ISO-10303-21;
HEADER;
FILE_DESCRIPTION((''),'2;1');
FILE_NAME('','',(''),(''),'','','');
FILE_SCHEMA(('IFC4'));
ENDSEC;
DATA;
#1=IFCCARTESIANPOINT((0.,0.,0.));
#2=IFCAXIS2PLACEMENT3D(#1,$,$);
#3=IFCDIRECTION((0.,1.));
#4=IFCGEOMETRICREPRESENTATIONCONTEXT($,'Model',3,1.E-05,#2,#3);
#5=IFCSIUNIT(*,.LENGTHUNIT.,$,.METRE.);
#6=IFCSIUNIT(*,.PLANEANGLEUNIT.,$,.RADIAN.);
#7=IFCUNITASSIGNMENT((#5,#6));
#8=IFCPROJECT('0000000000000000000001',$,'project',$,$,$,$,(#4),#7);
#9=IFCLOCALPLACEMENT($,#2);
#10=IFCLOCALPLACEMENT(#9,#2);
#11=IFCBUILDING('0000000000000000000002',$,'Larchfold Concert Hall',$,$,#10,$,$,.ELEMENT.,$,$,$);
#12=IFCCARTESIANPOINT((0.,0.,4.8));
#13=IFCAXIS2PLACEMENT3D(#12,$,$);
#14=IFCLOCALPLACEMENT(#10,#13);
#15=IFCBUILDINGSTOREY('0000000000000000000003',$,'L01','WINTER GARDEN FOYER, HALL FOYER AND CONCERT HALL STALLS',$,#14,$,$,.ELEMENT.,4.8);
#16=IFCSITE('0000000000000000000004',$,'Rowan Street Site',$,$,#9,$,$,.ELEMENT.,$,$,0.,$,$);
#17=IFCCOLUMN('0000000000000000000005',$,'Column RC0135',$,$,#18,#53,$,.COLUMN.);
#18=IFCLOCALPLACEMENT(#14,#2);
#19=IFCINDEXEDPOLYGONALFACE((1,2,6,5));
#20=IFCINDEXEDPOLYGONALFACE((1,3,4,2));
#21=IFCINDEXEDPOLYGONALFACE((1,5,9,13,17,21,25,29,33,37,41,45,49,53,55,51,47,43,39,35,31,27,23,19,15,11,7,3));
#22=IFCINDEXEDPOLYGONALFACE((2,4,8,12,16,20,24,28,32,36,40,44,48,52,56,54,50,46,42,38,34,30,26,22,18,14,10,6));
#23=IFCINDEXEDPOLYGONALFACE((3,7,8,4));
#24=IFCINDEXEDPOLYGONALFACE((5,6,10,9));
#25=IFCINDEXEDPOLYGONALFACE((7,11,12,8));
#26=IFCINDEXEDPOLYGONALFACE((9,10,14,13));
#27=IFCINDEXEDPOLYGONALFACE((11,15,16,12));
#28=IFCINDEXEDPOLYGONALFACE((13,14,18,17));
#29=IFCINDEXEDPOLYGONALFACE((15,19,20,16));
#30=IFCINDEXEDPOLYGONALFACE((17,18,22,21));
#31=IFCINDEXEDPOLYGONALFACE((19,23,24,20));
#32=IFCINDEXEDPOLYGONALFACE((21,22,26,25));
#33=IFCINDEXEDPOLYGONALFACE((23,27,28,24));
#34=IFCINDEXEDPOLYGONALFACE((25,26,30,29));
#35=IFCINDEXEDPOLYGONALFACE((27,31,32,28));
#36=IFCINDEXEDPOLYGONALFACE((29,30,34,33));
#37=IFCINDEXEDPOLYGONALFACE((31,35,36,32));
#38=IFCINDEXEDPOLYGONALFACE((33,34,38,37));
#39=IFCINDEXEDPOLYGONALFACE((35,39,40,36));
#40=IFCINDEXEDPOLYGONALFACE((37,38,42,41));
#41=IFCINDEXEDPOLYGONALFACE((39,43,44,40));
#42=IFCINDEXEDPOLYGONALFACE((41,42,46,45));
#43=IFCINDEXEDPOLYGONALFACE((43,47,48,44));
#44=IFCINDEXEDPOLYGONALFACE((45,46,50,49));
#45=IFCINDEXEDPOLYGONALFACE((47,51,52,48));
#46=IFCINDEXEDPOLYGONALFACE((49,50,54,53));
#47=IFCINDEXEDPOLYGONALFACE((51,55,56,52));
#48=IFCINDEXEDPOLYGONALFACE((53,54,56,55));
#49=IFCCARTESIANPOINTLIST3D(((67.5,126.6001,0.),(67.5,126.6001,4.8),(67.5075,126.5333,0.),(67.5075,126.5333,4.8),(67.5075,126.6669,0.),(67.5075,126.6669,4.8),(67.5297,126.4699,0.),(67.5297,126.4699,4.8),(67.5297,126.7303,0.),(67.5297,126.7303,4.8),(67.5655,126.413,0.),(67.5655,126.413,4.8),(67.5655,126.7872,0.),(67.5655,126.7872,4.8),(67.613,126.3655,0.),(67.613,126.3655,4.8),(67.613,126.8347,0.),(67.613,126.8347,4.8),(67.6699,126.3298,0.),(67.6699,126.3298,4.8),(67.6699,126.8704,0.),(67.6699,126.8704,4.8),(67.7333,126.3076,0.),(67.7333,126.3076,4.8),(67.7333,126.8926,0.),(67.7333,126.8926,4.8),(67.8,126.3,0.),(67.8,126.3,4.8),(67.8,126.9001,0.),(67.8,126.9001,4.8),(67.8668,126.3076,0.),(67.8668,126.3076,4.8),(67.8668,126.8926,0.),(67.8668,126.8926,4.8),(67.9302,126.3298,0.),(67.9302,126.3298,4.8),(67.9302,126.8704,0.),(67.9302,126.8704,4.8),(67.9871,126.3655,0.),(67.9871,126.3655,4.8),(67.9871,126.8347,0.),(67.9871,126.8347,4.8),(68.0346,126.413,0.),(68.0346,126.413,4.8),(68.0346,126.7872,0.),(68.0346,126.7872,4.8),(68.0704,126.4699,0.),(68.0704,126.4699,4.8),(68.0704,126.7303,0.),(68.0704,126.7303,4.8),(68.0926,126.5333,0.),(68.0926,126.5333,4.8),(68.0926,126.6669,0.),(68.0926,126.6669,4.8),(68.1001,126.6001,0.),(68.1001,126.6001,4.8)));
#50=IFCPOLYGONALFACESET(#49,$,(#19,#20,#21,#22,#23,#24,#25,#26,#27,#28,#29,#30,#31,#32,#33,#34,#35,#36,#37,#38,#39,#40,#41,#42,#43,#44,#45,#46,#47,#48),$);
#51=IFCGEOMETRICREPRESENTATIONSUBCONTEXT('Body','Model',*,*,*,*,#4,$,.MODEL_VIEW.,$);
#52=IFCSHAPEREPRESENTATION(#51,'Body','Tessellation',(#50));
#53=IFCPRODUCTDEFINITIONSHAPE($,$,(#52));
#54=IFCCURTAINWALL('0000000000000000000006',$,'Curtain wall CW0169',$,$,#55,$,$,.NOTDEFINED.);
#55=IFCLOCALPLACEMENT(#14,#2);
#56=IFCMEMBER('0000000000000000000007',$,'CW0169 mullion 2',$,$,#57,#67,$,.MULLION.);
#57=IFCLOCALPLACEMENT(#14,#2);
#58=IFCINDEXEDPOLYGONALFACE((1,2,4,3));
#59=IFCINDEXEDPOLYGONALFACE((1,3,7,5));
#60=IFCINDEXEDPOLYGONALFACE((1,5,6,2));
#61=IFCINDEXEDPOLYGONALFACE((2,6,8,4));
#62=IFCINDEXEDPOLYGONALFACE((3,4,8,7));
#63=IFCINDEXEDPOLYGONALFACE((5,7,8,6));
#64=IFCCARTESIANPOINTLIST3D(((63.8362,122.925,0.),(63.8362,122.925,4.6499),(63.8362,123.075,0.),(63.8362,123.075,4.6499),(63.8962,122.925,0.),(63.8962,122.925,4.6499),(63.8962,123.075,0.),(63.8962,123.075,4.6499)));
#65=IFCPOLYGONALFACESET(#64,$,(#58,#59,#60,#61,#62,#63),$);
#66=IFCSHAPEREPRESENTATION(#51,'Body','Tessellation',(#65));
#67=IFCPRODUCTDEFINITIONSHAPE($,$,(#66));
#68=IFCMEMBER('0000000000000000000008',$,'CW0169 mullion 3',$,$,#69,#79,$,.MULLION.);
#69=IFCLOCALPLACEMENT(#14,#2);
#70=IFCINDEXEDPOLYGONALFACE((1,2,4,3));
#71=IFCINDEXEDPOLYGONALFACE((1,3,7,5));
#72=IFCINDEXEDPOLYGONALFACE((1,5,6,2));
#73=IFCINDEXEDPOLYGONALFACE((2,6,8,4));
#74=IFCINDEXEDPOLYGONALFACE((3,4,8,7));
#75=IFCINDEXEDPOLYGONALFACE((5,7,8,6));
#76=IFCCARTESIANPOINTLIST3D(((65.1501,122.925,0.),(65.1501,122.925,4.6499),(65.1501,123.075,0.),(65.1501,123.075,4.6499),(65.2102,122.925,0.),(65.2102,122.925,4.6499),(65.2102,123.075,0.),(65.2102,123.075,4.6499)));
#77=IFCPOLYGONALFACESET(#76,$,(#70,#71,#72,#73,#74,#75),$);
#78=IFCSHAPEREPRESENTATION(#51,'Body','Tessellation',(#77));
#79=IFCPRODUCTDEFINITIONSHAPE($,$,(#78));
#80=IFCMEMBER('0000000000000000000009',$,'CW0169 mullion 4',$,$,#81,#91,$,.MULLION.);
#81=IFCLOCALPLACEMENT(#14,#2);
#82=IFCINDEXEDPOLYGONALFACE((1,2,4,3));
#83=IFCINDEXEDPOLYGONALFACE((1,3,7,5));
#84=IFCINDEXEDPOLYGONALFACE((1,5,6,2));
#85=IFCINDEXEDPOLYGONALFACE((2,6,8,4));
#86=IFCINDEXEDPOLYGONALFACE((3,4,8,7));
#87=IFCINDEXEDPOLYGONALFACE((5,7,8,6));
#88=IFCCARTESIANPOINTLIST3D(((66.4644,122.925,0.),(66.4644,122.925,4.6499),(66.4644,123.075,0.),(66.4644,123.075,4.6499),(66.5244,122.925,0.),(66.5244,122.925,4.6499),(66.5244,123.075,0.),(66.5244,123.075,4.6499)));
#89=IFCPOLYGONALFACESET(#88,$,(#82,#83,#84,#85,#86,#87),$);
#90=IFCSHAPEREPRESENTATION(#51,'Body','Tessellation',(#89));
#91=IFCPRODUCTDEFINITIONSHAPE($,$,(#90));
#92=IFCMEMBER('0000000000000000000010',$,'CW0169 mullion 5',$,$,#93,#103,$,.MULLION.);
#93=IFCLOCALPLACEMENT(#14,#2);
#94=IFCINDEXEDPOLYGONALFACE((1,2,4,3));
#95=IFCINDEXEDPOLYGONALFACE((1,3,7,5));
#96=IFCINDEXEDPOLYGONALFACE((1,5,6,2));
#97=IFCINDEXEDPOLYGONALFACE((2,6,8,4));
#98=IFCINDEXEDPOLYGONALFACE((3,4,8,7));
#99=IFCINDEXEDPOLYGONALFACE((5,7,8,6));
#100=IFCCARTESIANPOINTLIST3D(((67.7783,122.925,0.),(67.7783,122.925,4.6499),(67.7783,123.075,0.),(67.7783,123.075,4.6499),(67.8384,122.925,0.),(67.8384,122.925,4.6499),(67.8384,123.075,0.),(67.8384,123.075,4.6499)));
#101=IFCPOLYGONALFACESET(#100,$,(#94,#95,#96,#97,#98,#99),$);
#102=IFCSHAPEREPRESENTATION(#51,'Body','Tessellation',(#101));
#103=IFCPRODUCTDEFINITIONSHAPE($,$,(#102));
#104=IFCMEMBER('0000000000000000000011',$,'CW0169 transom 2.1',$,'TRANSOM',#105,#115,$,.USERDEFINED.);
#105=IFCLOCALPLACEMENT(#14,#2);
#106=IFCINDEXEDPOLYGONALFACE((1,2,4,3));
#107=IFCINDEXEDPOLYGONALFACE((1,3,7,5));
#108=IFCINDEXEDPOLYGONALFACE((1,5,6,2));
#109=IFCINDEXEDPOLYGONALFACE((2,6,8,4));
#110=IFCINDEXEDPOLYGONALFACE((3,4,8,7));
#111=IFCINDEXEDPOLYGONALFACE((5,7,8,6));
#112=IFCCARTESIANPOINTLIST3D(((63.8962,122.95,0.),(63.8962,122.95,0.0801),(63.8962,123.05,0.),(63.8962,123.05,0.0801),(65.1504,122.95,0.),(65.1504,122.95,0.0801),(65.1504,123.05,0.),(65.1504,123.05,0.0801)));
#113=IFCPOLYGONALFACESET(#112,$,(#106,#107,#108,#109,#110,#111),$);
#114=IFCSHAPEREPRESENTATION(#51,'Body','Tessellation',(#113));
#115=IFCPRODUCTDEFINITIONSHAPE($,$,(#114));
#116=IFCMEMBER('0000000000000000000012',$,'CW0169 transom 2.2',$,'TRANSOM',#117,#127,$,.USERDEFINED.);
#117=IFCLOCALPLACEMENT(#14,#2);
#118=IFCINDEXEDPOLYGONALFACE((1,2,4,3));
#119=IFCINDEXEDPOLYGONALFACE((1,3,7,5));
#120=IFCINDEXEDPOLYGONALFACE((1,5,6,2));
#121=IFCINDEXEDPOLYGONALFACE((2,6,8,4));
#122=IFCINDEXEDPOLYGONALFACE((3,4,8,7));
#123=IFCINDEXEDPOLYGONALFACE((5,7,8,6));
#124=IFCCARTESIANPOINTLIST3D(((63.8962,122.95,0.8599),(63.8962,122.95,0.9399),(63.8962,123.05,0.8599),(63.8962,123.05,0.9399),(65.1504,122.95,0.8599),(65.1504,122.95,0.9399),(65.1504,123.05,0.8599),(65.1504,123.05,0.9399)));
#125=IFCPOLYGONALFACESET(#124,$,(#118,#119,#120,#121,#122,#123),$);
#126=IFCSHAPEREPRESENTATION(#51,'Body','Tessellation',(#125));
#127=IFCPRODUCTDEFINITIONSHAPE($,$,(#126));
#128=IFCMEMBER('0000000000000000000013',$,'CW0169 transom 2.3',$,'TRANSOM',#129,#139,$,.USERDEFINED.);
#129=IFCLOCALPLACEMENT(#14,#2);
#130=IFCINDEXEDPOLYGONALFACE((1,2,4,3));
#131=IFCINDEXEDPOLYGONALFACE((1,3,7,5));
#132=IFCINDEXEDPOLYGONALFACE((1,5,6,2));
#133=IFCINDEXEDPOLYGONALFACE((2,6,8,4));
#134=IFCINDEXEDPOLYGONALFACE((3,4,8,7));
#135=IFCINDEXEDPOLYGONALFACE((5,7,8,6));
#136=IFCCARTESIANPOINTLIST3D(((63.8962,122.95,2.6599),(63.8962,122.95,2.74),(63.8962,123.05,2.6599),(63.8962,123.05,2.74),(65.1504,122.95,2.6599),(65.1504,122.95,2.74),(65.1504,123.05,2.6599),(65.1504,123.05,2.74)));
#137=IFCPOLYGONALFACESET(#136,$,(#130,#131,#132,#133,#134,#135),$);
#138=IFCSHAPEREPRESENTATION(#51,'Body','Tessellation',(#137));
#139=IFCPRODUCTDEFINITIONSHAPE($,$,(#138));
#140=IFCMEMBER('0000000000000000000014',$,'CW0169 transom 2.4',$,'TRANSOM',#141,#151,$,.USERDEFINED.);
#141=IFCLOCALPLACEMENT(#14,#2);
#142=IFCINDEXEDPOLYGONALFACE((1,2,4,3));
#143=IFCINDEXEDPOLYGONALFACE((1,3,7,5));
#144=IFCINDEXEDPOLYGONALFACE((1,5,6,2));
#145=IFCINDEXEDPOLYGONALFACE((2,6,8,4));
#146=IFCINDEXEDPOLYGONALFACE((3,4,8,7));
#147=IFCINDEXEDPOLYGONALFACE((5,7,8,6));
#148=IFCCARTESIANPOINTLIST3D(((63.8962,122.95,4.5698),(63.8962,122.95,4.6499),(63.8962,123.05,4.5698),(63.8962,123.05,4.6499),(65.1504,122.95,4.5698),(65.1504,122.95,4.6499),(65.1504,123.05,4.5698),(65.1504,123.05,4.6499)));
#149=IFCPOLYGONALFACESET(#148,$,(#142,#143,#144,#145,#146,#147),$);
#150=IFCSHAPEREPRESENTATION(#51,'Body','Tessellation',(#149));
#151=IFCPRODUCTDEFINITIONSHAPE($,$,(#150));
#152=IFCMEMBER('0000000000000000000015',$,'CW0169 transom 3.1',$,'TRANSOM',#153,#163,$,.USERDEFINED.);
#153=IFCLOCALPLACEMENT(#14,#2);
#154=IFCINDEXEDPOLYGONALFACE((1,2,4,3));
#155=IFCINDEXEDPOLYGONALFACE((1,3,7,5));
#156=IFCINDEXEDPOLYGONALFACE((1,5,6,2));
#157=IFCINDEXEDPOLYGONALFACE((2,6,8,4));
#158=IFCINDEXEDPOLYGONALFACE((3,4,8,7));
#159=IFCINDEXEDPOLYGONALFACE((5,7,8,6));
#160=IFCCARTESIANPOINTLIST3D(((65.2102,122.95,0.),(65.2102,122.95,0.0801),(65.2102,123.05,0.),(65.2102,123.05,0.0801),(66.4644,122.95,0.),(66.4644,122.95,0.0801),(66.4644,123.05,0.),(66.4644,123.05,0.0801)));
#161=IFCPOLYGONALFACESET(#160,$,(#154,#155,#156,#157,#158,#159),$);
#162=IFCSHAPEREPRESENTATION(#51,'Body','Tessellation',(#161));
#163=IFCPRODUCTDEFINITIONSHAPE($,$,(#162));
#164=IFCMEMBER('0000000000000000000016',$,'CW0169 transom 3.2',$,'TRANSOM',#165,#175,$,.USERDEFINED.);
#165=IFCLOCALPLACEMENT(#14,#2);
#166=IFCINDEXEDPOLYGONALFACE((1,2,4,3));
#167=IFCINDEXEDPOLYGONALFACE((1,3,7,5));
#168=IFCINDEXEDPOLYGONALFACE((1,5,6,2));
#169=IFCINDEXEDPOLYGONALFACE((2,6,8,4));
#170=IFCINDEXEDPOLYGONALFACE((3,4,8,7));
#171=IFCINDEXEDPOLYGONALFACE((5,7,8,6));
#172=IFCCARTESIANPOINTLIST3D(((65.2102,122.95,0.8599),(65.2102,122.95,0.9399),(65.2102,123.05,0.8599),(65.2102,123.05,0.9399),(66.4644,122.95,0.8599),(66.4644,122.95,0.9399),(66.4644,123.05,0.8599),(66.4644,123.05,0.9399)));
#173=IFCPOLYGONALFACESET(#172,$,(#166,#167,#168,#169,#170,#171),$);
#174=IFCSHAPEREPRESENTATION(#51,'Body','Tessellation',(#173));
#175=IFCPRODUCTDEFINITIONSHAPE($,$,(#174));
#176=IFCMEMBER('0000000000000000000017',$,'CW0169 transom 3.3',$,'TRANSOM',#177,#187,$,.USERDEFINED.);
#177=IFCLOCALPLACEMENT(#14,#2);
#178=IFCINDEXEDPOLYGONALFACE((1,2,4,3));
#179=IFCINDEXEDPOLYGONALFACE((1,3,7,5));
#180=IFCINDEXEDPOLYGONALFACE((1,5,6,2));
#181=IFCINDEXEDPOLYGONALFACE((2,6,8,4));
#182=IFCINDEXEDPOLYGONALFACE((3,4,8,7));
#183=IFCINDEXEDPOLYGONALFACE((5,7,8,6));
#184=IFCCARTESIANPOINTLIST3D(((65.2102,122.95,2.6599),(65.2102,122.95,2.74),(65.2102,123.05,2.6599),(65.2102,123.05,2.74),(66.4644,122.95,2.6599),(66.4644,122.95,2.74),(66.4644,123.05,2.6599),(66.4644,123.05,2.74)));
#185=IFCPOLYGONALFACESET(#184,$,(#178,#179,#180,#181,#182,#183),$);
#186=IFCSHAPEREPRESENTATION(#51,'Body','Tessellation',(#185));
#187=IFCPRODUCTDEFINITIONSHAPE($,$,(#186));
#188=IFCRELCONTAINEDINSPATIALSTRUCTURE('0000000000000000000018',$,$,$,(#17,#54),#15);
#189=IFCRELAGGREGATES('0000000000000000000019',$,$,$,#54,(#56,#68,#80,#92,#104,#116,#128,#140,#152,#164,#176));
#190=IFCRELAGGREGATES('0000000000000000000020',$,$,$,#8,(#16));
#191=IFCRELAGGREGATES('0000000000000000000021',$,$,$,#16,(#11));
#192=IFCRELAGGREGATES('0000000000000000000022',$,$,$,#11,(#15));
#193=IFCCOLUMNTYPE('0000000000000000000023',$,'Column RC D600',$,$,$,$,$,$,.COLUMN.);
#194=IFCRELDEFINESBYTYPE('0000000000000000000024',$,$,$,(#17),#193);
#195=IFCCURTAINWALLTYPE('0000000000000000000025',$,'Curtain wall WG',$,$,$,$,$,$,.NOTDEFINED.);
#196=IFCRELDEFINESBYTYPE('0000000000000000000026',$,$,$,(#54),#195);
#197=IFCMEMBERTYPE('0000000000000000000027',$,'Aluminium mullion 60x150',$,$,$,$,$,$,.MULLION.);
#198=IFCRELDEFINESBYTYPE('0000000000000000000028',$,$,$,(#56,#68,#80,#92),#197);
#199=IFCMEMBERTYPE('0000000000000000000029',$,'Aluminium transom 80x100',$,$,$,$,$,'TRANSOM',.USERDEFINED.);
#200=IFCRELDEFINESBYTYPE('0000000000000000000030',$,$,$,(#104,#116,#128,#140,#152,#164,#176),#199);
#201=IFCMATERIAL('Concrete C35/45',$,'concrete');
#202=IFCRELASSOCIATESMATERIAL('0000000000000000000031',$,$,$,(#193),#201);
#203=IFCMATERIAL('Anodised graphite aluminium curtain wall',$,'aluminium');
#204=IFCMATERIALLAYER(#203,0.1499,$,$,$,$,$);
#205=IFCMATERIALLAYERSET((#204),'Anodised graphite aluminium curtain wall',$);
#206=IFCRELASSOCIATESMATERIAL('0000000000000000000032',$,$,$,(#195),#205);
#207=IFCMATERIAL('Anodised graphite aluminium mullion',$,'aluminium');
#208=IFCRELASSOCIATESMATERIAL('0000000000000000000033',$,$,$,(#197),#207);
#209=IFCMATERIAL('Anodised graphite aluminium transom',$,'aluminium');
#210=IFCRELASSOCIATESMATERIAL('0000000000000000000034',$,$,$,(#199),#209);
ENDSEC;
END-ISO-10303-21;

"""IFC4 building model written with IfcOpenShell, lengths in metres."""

from ifc_helpers import new_model, si_unit, direction, frame, origin, origin_2d, place, context, subcontext, project, spatial, rectangle, circle, extrude, material, layer, layer_set, material_profile, profile_set, type_object, element, aggregate, save


model = new_model("IFC4")

# Units and contexts
model_context = context("Model", 3, precision=1e-05, world=origin(), true_north=direction((0.0, 1.0)))
body_context = subcontext(model_context, "Body", "Model", "MODEL_VIEW")
ifc_project = project(units=[si_unit("LENGTHUNIT", "METRE"), si_unit("PLANEANGLEUNIT", "RADIAN")], contexts=[model_context])

# Site, building, storey
site_placement = place(None, origin())
site = spatial("IfcSite", under=ifc_project, at=site_placement, Name="Rowan Street Site", CompositionType="ELEMENT", RefElevation=0.0)
building_placement = place(site_placement, origin())
building = spatial("IfcBuilding", under=site, at=building_placement, Name="Larchfold Concert Hall", CompositionType="ELEMENT")
storey_placement = place(building_placement, frame((0.0, 0.0, 4.8)))
storey = spatial("IfcBuildingStorey", under=building, at=storey_placement, Name="L01", Description="WINTER GARDEN FOYER, HALL FOYER AND CONCERT HALL STALLS", CompositionType="ELEMENT", Elevation=4.8)

# Column
ifc_material_1 = material(Name="Concrete C35/45", Category="concrete")
ifc_material_profile_1 = material_profile(ifc_material_1, circle(Radius=0.3, at=origin_2d()))
ifc_profile_set_1 = profile_set([ifc_material_profile_1], Name="Concrete C35/45")
column_type = type_object("IfcColumnType", Name="Column RC D600", PredefinedType="COLUMN", material=ifc_profile_set_1)
column_placement = place(storey_placement, frame((67.8, 126.6001, 0.0), z_axis=(0.0, 0.0, 1.0), x_axis=(1.0, 0.0, 0.0)))
element("IfcColumn", 1, at=column_placement, inside=storey, type_object=column_type, Name="Column RC0135", PredefinedType="COLUMN", context=body_context, shape_type="SweptSolid", body=[
    extrude(circle(Radius=0.3, at=origin_2d()), origin(), (0.0, 0.0, 1.0), 4.8),
])

# Curtain wall, members
ifc_material_2 = material(Name="Anodised graphite aluminium curtain wall", Category="aluminium")
ifc_layer_1 = layer(ifc_material_2, 0.1499)
ifc_layer_set_1 = layer_set([ifc_layer_1], Name="Anodised graphite aluminium curtain wall")
curtain_wall_type = type_object("IfcCurtainWallType", Name="Curtain wall WG", PredefinedType="NOTDEFINED", material=ifc_layer_set_1)
curtain_wall_placement = place(storey_placement, origin())
curtain_wall = element("IfcCurtainWall", 2, at=curtain_wall_placement, inside=storey, type_object=curtain_wall_type, Name="Curtain wall CW0169", PredefinedType="NOTDEFINED")
ifc_material_3 = material(Name="Anodised graphite aluminium mullion", Category="aluminium")
ifc_material_profile_2 = material_profile(ifc_material_3, rectangle(XDim=0.1499, YDim=0.0601, at=origin_2d()))
ifc_profile_set_2 = profile_set([ifc_material_profile_2], Name="Anodised graphite aluminium mullion")
member_type_1 = type_object("IfcMemberType", Name="Aluminium mullion 60x150", PredefinedType="MULLION", material=ifc_profile_set_2)
member_1_placement = place(storey_placement, frame((63.8662, 123.0, 0.0), z_axis=(0.0, 0.0, 1.0), x_axis=(0.0, 1.0, 0.0)))
member_1 = element("IfcMember", 3, at=member_1_placement, type_object=member_type_1, Name="CW0169 mullion 2", PredefinedType="MULLION", context=body_context, shape_type="SweptSolid", body=[
    extrude(rectangle(XDim=0.1499, YDim=0.0601, at=origin_2d()), origin(), (0.0, 0.0, 1.0), 4.6499),
])
member_2_placement = place(storey_placement, frame((65.1802, 123.0, 0.0), z_axis=(0.0, 0.0, 1.0), x_axis=(0.0, 1.0, 0.0)))
member_2 = element("IfcMember", 4, at=member_2_placement, type_object=member_type_1, Name="CW0169 mullion 3", PredefinedType="MULLION", context=body_context, shape_type="SweptSolid", body=[
    extrude(rectangle(XDim=0.1499, YDim=0.0601, at=origin_2d()), origin(), (0.0, 0.0, 1.0), 4.6499),
])
member_3_placement = place(storey_placement, frame((66.4944, 123.0, 0.0), z_axis=(0.0, 0.0, 1.0), x_axis=(0.0, 1.0, 0.0)))
member_3 = element("IfcMember", 5, at=member_3_placement, type_object=member_type_1, Name="CW0169 mullion 4", PredefinedType="MULLION", context=body_context, shape_type="SweptSolid", body=[
    extrude(rectangle(XDim=0.1499, YDim=0.0601, at=origin_2d()), origin(), (0.0, 0.0, 1.0), 4.6499),
])
member_4_placement = place(storey_placement, frame((67.8083, 123.0, 0.0), z_axis=(0.0, 0.0, 1.0), x_axis=(0.0, 1.0, 0.0)))
member_4 = element("IfcMember", 6, at=member_4_placement, type_object=member_type_1, Name="CW0169 mullion 5", PredefinedType="MULLION", context=body_context, shape_type="SweptSolid", body=[
    extrude(rectangle(XDim=0.1499, YDim=0.0601, at=origin_2d()), origin(), (0.0, 0.0, 1.0), 4.6499),
])
ifc_material_4 = material(Name="Anodised graphite aluminium transom", Category="aluminium")
ifc_material_profile_3 = material_profile(ifc_material_4, rectangle(XDim=0.1001, YDim=0.0801, at=origin_2d()))
ifc_profile_set_3 = profile_set([ifc_material_profile_3], Name="Anodised graphite aluminium transom")
member_type_2 = type_object("IfcMemberType", Name="Aluminium transom 80x100", ElementType="TRANSOM", PredefinedType="USERDEFINED", material=ifc_profile_set_3)
member_5_placement = place(storey_placement, frame((63.8962, 123.0, 0.04), z_axis=(1.0, 0.0, 0.0), x_axis=(0.0, 1.0, 0.0)))
member_5 = element("IfcMember", 7, at=member_5_placement, type_object=member_type_2, Name="CW0169 transom 2.1", ObjectType="TRANSOM", PredefinedType="USERDEFINED", context=body_context, shape_type="SweptSolid", body=[
    extrude(rectangle(XDim=0.1001, YDim=0.0801, at=origin_2d()), origin(), (0.0, 0.0, 1.0), 1.2542),
])
member_6_placement = place(storey_placement, frame((63.8962, 123.0, 0.8999), z_axis=(1.0, 0.0, 0.0), x_axis=(0.0, 1.0, 0.0)))
member_6 = element("IfcMember", 8, at=member_6_placement, type_object=member_type_2, Name="CW0169 transom 2.2", ObjectType="TRANSOM", PredefinedType="USERDEFINED", context=body_context, shape_type="SweptSolid", body=[
    extrude(rectangle(XDim=0.1001, YDim=0.0801, at=origin_2d()), origin(), (0.0, 0.0, 1.0), 1.2542),
])
member_7_placement = place(storey_placement, frame((63.8962, 123.0, 2.7), z_axis=(1.0, 0.0, 0.0), x_axis=(0.0, 1.0, 0.0)))
member_7 = element("IfcMember", 9, at=member_7_placement, type_object=member_type_2, Name="CW0169 transom 2.3", ObjectType="TRANSOM", PredefinedType="USERDEFINED", context=body_context, shape_type="SweptSolid", body=[
    extrude(rectangle(XDim=0.1001, YDim=0.0801, at=origin_2d()), origin(), (0.0, 0.0, 1.0), 1.2542),
])
member_8_placement = place(storey_placement, frame((63.8962, 123.0, 4.6099), z_axis=(1.0, 0.0, 0.0), x_axis=(0.0, 1.0, 0.0)))
member_8 = element("IfcMember", 10, at=member_8_placement, type_object=member_type_2, Name="CW0169 transom 2.4", ObjectType="TRANSOM", PredefinedType="USERDEFINED", context=body_context, shape_type="SweptSolid", body=[
    extrude(rectangle(XDim=0.1001, YDim=0.0801, at=origin_2d()), origin(), (0.0, 0.0, 1.0), 1.2542),
])
member_9_placement = place(storey_placement, frame((65.2102, 123.0, 0.04), z_axis=(1.0, 0.0, 0.0), x_axis=(0.0, 1.0, 0.0)))
member_9 = element("IfcMember", 11, at=member_9_placement, type_object=member_type_2, Name="CW0169 transom 3.1", ObjectType="TRANSOM", PredefinedType="USERDEFINED", context=body_context, shape_type="SweptSolid", body=[
    extrude(rectangle(XDim=0.1001, YDim=0.0801, at=origin_2d()), origin(), (0.0, 0.0, 1.0), 1.2542),
])
member_10_placement = place(storey_placement, frame((65.2102, 123.0, 0.8999), z_axis=(1.0, 0.0, 0.0), x_axis=(0.0, 1.0, 0.0)))
member_10 = element("IfcMember", 12, at=member_10_placement, type_object=member_type_2, Name="CW0169 transom 3.2", ObjectType="TRANSOM", PredefinedType="USERDEFINED", context=body_context, shape_type="SweptSolid", body=[
    extrude(rectangle(XDim=0.1001, YDim=0.0801, at=origin_2d()), origin(), (0.0, 0.0, 1.0), 1.2542),
])
member_11_placement = place(storey_placement, frame((65.2102, 123.0, 2.7), z_axis=(1.0, 0.0, 0.0), x_axis=(0.0, 1.0, 0.0)))
member_11 = element("IfcMember", 13, at=member_11_placement, type_object=member_type_2, Name="CW0169 transom 3.3", ObjectType="TRANSOM", PredefinedType="USERDEFINED", context=body_context, shape_type="SweptSolid", body=[
    extrude(rectangle(XDim=0.1001, YDim=0.0801, at=origin_2d()), origin(), (0.0, 0.0, 1.0), 1.2542),
])

aggregate(curtain_wall, [member_1, member_2, member_3, member_4, member_5, member_6, member_7, member_8, member_9, member_10, member_11])

save(model, "model.ifc")
